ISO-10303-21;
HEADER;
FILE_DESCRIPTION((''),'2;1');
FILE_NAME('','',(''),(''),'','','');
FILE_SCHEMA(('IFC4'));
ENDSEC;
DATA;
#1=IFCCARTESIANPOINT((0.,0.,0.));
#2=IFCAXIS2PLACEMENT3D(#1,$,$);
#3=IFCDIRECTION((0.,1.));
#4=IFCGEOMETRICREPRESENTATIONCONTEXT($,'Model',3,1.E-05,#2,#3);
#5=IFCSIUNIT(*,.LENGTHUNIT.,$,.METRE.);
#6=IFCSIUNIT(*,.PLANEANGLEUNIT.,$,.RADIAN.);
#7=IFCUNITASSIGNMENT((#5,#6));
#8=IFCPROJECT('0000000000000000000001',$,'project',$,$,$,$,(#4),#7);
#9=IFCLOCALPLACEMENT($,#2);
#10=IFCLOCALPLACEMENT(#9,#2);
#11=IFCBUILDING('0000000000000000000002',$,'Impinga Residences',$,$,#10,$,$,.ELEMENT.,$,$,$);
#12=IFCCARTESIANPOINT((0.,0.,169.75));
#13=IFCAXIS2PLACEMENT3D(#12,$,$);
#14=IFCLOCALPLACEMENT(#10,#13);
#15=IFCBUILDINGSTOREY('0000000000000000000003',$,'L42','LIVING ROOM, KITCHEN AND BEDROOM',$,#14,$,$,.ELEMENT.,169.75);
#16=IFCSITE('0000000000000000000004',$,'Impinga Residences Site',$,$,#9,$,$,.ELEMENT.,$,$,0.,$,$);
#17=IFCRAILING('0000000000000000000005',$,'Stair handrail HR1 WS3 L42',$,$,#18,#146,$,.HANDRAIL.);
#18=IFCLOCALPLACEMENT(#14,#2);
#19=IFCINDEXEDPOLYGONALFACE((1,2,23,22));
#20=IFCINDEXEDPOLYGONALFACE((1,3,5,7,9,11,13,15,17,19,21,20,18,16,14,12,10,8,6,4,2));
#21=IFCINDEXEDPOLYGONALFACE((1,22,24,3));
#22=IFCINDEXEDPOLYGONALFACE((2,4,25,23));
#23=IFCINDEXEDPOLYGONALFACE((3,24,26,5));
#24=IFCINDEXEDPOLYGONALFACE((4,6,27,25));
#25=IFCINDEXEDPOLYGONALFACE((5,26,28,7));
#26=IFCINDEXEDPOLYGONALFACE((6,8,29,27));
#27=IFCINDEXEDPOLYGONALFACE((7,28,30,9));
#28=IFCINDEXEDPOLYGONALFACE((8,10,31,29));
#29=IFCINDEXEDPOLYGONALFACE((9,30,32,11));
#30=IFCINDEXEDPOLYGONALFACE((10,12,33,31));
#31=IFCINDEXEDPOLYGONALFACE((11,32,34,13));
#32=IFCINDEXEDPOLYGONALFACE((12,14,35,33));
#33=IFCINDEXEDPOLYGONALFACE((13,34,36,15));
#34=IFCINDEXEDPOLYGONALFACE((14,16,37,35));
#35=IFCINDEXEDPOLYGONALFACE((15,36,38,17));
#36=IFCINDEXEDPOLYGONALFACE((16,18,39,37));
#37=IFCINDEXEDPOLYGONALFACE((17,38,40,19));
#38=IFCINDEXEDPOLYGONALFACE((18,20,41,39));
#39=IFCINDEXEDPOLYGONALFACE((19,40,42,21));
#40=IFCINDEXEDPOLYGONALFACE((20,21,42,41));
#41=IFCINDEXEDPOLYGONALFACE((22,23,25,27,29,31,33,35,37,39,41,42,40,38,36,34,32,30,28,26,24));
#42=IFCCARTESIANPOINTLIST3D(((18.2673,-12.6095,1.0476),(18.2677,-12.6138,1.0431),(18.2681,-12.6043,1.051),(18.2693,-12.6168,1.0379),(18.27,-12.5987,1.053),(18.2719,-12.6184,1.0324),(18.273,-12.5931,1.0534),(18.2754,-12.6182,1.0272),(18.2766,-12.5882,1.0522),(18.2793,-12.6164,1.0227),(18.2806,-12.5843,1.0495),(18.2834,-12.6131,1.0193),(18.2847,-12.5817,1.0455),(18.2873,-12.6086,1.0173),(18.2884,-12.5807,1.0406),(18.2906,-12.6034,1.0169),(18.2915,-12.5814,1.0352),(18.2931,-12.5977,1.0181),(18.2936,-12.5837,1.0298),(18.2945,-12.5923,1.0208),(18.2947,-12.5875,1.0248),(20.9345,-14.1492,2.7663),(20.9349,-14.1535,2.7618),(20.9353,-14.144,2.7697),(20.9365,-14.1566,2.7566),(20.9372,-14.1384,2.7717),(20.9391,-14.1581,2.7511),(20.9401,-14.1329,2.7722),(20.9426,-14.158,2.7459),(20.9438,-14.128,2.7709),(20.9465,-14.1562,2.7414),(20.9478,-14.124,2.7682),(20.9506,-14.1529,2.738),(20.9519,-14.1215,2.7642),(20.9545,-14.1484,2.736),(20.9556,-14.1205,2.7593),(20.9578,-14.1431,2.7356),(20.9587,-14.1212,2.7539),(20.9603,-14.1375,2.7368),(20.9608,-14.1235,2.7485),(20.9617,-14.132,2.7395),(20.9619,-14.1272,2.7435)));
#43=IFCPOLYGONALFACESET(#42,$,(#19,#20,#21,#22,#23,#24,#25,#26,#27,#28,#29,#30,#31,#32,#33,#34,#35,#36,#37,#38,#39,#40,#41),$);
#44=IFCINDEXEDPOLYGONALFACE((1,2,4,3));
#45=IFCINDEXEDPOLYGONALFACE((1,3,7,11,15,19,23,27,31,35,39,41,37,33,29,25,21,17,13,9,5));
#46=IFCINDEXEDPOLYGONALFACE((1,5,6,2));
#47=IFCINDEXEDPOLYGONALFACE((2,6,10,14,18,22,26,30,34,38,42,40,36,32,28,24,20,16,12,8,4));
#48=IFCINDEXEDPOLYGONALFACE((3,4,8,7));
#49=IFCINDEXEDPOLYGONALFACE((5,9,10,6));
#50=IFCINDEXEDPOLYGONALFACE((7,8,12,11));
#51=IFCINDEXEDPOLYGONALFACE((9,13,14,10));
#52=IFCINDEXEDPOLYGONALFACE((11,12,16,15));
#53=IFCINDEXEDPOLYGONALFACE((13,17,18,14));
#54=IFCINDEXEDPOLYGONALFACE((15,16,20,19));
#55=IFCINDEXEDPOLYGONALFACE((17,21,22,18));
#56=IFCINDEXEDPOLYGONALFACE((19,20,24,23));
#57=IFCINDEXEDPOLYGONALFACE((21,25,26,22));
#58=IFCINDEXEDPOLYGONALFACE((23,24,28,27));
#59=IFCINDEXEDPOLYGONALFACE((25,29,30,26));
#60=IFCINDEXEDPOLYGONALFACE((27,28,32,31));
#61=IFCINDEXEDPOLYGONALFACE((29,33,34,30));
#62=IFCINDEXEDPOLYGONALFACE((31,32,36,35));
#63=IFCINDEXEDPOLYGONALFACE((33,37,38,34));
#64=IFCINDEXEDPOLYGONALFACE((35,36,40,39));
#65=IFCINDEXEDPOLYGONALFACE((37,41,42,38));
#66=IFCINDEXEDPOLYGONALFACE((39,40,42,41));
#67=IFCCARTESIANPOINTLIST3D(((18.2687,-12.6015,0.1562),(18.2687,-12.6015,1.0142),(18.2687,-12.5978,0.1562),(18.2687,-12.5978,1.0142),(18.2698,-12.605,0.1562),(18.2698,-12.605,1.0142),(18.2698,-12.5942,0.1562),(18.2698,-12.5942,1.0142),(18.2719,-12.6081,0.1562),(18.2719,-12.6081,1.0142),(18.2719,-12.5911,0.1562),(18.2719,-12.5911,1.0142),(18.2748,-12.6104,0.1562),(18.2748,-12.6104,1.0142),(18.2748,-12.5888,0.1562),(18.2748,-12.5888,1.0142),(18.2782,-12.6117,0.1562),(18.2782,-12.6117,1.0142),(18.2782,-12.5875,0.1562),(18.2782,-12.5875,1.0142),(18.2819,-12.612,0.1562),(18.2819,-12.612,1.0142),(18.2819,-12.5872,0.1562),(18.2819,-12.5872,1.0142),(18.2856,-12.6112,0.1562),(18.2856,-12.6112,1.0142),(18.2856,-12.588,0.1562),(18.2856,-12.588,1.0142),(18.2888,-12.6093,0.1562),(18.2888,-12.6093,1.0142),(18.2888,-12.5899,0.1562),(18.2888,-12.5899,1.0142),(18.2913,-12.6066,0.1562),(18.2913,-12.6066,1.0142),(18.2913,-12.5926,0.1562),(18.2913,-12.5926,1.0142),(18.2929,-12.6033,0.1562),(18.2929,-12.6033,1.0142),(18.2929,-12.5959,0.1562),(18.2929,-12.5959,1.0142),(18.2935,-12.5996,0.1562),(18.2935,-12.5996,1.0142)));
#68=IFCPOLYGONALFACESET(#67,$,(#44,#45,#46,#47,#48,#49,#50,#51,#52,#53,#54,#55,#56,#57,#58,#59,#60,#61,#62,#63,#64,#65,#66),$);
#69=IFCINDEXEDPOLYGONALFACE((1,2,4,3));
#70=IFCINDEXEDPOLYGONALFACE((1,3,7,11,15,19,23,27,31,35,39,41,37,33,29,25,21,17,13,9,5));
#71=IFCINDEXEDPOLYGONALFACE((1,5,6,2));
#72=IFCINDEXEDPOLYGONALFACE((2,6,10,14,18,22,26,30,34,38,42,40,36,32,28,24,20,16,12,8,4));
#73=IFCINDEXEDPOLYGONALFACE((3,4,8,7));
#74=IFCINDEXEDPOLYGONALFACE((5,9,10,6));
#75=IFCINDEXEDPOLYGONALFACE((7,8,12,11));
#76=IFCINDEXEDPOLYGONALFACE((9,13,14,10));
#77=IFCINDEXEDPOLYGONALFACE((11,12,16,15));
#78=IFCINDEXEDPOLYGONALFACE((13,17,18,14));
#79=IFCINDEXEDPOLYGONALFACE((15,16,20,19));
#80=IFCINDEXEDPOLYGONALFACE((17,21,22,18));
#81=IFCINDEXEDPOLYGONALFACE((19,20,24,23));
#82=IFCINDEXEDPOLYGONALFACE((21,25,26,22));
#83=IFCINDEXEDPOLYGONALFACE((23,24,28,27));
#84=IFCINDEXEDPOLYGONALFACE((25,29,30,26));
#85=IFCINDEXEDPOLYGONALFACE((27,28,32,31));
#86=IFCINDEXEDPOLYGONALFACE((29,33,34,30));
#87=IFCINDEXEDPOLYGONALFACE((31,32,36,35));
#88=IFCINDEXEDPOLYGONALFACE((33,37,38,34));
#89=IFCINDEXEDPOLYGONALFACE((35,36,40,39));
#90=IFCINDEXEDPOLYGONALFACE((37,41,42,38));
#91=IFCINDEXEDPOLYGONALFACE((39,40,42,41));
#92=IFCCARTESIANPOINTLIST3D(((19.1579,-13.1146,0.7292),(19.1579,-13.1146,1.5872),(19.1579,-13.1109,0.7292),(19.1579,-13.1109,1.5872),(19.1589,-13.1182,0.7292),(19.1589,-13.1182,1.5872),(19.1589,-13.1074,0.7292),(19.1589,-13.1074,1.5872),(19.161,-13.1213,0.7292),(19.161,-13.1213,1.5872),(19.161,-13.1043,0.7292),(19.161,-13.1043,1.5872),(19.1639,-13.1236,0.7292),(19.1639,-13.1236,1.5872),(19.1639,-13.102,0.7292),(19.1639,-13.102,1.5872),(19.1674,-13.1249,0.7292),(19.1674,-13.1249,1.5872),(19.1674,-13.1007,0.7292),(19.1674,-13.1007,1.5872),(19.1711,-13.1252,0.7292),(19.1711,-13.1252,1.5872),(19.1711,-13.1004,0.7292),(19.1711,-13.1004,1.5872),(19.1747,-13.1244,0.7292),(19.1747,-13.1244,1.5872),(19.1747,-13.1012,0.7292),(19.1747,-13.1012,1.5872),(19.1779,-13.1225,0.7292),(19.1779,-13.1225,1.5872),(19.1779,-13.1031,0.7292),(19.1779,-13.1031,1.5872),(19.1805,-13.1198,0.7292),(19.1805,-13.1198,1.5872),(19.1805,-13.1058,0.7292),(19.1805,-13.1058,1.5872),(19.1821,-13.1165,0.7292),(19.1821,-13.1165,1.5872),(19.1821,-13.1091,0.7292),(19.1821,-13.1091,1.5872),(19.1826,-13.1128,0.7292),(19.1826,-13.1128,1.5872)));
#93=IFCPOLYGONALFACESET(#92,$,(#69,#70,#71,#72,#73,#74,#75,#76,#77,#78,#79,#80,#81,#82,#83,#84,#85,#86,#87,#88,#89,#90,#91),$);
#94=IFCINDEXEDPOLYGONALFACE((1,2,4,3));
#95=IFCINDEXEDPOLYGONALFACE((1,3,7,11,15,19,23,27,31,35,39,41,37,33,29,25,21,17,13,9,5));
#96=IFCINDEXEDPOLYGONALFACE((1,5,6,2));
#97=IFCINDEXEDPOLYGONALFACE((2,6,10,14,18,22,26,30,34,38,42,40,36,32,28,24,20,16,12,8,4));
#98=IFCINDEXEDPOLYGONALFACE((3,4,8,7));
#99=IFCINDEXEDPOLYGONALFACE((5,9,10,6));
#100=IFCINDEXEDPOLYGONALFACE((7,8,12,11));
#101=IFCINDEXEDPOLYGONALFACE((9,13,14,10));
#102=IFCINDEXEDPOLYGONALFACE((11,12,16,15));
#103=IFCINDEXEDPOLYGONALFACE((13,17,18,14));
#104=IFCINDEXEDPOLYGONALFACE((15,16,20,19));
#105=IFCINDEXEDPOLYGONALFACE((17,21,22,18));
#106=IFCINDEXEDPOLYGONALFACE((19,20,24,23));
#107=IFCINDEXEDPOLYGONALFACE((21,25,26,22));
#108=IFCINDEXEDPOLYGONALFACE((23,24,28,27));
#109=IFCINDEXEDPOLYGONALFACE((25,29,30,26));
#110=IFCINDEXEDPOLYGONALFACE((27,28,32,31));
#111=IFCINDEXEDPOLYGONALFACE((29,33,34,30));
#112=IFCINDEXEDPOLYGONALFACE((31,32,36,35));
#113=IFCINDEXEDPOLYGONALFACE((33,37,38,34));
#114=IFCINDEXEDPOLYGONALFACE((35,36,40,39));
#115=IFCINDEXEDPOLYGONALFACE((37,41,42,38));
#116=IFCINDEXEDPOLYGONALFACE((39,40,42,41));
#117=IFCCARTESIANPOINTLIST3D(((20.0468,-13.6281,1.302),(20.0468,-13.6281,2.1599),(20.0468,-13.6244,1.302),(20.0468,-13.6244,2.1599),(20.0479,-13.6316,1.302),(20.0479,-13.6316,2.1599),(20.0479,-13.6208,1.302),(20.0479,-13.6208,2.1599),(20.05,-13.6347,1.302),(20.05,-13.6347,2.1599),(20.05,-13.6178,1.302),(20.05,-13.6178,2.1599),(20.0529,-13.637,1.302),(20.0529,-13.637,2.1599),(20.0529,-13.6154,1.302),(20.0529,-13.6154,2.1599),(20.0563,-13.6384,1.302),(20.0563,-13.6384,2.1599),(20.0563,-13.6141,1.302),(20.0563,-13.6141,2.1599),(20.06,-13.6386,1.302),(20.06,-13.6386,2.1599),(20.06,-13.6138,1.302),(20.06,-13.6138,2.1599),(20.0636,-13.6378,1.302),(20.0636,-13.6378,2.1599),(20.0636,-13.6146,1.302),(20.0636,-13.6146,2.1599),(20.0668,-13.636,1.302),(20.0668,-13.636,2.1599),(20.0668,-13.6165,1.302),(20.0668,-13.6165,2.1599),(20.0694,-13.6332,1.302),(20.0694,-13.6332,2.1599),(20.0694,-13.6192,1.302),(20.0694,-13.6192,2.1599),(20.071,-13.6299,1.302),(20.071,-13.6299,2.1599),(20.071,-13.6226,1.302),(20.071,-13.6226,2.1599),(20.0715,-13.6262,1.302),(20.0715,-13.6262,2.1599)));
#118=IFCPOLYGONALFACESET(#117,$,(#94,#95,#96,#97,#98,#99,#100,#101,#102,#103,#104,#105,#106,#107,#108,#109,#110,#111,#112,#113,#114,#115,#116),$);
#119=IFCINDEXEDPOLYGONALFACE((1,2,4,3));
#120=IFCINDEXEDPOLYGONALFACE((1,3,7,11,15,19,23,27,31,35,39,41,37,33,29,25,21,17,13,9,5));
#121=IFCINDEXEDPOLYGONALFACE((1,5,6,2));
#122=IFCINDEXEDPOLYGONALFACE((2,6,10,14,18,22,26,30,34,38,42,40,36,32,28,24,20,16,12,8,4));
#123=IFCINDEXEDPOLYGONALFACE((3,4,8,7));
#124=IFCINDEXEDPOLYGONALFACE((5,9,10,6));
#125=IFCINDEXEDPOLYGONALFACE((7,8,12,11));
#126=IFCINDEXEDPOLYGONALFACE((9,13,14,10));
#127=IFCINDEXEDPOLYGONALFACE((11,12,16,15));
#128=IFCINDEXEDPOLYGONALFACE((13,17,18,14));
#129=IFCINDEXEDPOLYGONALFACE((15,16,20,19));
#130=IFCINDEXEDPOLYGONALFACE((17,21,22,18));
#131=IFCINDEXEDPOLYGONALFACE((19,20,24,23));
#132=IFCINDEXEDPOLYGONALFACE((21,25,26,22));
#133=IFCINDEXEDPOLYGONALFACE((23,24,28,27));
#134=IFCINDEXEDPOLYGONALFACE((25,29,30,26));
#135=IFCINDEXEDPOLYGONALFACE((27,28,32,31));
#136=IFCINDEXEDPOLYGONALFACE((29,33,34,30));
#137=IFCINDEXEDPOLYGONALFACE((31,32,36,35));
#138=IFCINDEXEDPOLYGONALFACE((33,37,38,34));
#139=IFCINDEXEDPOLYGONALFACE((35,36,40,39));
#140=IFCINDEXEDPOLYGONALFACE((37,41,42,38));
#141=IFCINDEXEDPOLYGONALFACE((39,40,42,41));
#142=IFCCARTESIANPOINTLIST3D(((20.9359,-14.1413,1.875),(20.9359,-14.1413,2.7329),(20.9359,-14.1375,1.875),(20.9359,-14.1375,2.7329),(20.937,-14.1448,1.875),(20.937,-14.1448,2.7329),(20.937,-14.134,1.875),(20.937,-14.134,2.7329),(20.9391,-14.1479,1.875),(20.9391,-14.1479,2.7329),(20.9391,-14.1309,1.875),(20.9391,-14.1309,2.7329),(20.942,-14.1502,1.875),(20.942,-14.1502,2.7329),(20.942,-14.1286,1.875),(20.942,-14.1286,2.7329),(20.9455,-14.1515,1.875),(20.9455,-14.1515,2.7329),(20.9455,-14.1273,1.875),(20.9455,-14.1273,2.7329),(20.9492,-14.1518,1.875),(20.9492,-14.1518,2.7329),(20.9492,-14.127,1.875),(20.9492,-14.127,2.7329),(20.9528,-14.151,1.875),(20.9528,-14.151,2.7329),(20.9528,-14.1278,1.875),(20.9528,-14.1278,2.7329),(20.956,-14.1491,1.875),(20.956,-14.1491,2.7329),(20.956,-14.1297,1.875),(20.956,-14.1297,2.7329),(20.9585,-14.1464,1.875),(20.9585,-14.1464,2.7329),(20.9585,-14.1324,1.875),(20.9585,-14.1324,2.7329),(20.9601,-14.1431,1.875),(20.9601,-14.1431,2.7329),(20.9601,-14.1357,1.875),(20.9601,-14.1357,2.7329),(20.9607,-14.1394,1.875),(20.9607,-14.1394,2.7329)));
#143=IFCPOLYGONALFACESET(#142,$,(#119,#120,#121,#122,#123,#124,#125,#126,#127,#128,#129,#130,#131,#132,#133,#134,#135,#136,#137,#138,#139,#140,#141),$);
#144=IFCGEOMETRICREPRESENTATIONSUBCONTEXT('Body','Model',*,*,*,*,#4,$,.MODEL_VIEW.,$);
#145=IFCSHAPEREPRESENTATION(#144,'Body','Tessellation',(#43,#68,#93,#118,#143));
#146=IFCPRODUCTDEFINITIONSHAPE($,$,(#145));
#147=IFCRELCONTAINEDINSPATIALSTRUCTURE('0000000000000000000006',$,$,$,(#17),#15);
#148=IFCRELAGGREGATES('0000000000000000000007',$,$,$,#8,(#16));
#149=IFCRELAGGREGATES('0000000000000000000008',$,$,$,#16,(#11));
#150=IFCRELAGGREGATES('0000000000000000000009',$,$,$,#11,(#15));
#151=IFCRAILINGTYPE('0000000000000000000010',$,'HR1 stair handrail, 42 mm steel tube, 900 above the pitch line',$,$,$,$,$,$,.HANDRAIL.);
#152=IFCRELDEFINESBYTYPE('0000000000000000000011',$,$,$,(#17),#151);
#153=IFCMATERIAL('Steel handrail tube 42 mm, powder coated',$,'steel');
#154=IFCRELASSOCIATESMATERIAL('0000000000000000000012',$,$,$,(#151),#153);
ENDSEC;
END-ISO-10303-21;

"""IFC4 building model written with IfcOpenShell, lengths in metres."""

from ifc_helpers import new_model, si_unit, direction, frame, origin, origin_2d, place, context, subcontext, project, spatial, circle, extrude, material, type_object, element, save


model = new_model("IFC4")

# Units and contexts
model_context = context("Model", 3, precision=1e-05, world=origin(), true_north=direction((0.0, 1.0)))
body_context = subcontext(model_context, "Body", "Model", "MODEL_VIEW")
ifc_project = project(units=[si_unit("LENGTHUNIT", "METRE"), si_unit("PLANEANGLEUNIT", "RADIAN")], contexts=[model_context])

# Site, building, storey
site_placement = place(None, origin())
site = spatial("IfcSite", under=ifc_project, at=site_placement, Name="Impinga Residences Site", CompositionType="ELEMENT", RefElevation=0.0)
building_placement = place(site_placement, origin())
building = spatial("IfcBuilding", under=site, at=building_placement, Name="Impinga Residences", CompositionType="ELEMENT")
storey_placement = place(building_placement, frame((0.0, 0.0, 169.75)))
storey = spatial("IfcBuildingStorey", under=building, at=storey_placement, Name="L42", Description="LIVING ROOM, KITCHEN AND BEDROOM", CompositionType="ELEMENT", Elevation=169.75)

# Railing
ifc_material_1 = material(Name="Steel handrail tube 42 mm, powder coated", Category="steel")
railing_type_1 = type_object("IfcRailingType", Name="HR1 stair handrail, 42 mm steel tube, 900 above the pitch line", PredefinedType="HANDRAIL", material=ifc_material_1)
railing_1_placement = place(storey_placement, frame((18.281, -12.5996, 0.1562)))
element("IfcRailing", 1, at=railing_1_placement, inside=storey, type_object=railing_type_1, Name="Stair handrail HR1 WS3 L42", PredefinedType="HANDRAIL", context=body_context, shape_type="SweptSolid", body=[
    extrude(circle(Radius=0.021, at=origin_2d()), frame((0.0, 0.0, 0.8789), z_axis=(0.756249, -0.436582, 0.487322), x_axis=(0.499967, 0.866044, 0.0)), (0.0, 0.0, 1.0), 3.5269),
    extrude(circle(Radius=0.0125, at=origin_2d()), origin(), (0.0, 0.0, 1.0), 0.8579),
    extrude(circle(Radius=0.0125, at=origin_2d()), frame((0.8892, -0.5132, 0.573)), (0.0, 0.0, 1.0), 0.8579),
    extrude(circle(Radius=0.0125, at=origin_2d()), frame((1.7781, -1.0266, 1.1458)), (0.0, 0.0, 1.0), 0.8579),
    extrude(circle(Radius=0.0125, at=origin_2d()), frame((2.6672, -1.5398, 1.7188)), (0.0, 0.0, 1.0), 0.8579),
])

save(model, "model.ifc")
